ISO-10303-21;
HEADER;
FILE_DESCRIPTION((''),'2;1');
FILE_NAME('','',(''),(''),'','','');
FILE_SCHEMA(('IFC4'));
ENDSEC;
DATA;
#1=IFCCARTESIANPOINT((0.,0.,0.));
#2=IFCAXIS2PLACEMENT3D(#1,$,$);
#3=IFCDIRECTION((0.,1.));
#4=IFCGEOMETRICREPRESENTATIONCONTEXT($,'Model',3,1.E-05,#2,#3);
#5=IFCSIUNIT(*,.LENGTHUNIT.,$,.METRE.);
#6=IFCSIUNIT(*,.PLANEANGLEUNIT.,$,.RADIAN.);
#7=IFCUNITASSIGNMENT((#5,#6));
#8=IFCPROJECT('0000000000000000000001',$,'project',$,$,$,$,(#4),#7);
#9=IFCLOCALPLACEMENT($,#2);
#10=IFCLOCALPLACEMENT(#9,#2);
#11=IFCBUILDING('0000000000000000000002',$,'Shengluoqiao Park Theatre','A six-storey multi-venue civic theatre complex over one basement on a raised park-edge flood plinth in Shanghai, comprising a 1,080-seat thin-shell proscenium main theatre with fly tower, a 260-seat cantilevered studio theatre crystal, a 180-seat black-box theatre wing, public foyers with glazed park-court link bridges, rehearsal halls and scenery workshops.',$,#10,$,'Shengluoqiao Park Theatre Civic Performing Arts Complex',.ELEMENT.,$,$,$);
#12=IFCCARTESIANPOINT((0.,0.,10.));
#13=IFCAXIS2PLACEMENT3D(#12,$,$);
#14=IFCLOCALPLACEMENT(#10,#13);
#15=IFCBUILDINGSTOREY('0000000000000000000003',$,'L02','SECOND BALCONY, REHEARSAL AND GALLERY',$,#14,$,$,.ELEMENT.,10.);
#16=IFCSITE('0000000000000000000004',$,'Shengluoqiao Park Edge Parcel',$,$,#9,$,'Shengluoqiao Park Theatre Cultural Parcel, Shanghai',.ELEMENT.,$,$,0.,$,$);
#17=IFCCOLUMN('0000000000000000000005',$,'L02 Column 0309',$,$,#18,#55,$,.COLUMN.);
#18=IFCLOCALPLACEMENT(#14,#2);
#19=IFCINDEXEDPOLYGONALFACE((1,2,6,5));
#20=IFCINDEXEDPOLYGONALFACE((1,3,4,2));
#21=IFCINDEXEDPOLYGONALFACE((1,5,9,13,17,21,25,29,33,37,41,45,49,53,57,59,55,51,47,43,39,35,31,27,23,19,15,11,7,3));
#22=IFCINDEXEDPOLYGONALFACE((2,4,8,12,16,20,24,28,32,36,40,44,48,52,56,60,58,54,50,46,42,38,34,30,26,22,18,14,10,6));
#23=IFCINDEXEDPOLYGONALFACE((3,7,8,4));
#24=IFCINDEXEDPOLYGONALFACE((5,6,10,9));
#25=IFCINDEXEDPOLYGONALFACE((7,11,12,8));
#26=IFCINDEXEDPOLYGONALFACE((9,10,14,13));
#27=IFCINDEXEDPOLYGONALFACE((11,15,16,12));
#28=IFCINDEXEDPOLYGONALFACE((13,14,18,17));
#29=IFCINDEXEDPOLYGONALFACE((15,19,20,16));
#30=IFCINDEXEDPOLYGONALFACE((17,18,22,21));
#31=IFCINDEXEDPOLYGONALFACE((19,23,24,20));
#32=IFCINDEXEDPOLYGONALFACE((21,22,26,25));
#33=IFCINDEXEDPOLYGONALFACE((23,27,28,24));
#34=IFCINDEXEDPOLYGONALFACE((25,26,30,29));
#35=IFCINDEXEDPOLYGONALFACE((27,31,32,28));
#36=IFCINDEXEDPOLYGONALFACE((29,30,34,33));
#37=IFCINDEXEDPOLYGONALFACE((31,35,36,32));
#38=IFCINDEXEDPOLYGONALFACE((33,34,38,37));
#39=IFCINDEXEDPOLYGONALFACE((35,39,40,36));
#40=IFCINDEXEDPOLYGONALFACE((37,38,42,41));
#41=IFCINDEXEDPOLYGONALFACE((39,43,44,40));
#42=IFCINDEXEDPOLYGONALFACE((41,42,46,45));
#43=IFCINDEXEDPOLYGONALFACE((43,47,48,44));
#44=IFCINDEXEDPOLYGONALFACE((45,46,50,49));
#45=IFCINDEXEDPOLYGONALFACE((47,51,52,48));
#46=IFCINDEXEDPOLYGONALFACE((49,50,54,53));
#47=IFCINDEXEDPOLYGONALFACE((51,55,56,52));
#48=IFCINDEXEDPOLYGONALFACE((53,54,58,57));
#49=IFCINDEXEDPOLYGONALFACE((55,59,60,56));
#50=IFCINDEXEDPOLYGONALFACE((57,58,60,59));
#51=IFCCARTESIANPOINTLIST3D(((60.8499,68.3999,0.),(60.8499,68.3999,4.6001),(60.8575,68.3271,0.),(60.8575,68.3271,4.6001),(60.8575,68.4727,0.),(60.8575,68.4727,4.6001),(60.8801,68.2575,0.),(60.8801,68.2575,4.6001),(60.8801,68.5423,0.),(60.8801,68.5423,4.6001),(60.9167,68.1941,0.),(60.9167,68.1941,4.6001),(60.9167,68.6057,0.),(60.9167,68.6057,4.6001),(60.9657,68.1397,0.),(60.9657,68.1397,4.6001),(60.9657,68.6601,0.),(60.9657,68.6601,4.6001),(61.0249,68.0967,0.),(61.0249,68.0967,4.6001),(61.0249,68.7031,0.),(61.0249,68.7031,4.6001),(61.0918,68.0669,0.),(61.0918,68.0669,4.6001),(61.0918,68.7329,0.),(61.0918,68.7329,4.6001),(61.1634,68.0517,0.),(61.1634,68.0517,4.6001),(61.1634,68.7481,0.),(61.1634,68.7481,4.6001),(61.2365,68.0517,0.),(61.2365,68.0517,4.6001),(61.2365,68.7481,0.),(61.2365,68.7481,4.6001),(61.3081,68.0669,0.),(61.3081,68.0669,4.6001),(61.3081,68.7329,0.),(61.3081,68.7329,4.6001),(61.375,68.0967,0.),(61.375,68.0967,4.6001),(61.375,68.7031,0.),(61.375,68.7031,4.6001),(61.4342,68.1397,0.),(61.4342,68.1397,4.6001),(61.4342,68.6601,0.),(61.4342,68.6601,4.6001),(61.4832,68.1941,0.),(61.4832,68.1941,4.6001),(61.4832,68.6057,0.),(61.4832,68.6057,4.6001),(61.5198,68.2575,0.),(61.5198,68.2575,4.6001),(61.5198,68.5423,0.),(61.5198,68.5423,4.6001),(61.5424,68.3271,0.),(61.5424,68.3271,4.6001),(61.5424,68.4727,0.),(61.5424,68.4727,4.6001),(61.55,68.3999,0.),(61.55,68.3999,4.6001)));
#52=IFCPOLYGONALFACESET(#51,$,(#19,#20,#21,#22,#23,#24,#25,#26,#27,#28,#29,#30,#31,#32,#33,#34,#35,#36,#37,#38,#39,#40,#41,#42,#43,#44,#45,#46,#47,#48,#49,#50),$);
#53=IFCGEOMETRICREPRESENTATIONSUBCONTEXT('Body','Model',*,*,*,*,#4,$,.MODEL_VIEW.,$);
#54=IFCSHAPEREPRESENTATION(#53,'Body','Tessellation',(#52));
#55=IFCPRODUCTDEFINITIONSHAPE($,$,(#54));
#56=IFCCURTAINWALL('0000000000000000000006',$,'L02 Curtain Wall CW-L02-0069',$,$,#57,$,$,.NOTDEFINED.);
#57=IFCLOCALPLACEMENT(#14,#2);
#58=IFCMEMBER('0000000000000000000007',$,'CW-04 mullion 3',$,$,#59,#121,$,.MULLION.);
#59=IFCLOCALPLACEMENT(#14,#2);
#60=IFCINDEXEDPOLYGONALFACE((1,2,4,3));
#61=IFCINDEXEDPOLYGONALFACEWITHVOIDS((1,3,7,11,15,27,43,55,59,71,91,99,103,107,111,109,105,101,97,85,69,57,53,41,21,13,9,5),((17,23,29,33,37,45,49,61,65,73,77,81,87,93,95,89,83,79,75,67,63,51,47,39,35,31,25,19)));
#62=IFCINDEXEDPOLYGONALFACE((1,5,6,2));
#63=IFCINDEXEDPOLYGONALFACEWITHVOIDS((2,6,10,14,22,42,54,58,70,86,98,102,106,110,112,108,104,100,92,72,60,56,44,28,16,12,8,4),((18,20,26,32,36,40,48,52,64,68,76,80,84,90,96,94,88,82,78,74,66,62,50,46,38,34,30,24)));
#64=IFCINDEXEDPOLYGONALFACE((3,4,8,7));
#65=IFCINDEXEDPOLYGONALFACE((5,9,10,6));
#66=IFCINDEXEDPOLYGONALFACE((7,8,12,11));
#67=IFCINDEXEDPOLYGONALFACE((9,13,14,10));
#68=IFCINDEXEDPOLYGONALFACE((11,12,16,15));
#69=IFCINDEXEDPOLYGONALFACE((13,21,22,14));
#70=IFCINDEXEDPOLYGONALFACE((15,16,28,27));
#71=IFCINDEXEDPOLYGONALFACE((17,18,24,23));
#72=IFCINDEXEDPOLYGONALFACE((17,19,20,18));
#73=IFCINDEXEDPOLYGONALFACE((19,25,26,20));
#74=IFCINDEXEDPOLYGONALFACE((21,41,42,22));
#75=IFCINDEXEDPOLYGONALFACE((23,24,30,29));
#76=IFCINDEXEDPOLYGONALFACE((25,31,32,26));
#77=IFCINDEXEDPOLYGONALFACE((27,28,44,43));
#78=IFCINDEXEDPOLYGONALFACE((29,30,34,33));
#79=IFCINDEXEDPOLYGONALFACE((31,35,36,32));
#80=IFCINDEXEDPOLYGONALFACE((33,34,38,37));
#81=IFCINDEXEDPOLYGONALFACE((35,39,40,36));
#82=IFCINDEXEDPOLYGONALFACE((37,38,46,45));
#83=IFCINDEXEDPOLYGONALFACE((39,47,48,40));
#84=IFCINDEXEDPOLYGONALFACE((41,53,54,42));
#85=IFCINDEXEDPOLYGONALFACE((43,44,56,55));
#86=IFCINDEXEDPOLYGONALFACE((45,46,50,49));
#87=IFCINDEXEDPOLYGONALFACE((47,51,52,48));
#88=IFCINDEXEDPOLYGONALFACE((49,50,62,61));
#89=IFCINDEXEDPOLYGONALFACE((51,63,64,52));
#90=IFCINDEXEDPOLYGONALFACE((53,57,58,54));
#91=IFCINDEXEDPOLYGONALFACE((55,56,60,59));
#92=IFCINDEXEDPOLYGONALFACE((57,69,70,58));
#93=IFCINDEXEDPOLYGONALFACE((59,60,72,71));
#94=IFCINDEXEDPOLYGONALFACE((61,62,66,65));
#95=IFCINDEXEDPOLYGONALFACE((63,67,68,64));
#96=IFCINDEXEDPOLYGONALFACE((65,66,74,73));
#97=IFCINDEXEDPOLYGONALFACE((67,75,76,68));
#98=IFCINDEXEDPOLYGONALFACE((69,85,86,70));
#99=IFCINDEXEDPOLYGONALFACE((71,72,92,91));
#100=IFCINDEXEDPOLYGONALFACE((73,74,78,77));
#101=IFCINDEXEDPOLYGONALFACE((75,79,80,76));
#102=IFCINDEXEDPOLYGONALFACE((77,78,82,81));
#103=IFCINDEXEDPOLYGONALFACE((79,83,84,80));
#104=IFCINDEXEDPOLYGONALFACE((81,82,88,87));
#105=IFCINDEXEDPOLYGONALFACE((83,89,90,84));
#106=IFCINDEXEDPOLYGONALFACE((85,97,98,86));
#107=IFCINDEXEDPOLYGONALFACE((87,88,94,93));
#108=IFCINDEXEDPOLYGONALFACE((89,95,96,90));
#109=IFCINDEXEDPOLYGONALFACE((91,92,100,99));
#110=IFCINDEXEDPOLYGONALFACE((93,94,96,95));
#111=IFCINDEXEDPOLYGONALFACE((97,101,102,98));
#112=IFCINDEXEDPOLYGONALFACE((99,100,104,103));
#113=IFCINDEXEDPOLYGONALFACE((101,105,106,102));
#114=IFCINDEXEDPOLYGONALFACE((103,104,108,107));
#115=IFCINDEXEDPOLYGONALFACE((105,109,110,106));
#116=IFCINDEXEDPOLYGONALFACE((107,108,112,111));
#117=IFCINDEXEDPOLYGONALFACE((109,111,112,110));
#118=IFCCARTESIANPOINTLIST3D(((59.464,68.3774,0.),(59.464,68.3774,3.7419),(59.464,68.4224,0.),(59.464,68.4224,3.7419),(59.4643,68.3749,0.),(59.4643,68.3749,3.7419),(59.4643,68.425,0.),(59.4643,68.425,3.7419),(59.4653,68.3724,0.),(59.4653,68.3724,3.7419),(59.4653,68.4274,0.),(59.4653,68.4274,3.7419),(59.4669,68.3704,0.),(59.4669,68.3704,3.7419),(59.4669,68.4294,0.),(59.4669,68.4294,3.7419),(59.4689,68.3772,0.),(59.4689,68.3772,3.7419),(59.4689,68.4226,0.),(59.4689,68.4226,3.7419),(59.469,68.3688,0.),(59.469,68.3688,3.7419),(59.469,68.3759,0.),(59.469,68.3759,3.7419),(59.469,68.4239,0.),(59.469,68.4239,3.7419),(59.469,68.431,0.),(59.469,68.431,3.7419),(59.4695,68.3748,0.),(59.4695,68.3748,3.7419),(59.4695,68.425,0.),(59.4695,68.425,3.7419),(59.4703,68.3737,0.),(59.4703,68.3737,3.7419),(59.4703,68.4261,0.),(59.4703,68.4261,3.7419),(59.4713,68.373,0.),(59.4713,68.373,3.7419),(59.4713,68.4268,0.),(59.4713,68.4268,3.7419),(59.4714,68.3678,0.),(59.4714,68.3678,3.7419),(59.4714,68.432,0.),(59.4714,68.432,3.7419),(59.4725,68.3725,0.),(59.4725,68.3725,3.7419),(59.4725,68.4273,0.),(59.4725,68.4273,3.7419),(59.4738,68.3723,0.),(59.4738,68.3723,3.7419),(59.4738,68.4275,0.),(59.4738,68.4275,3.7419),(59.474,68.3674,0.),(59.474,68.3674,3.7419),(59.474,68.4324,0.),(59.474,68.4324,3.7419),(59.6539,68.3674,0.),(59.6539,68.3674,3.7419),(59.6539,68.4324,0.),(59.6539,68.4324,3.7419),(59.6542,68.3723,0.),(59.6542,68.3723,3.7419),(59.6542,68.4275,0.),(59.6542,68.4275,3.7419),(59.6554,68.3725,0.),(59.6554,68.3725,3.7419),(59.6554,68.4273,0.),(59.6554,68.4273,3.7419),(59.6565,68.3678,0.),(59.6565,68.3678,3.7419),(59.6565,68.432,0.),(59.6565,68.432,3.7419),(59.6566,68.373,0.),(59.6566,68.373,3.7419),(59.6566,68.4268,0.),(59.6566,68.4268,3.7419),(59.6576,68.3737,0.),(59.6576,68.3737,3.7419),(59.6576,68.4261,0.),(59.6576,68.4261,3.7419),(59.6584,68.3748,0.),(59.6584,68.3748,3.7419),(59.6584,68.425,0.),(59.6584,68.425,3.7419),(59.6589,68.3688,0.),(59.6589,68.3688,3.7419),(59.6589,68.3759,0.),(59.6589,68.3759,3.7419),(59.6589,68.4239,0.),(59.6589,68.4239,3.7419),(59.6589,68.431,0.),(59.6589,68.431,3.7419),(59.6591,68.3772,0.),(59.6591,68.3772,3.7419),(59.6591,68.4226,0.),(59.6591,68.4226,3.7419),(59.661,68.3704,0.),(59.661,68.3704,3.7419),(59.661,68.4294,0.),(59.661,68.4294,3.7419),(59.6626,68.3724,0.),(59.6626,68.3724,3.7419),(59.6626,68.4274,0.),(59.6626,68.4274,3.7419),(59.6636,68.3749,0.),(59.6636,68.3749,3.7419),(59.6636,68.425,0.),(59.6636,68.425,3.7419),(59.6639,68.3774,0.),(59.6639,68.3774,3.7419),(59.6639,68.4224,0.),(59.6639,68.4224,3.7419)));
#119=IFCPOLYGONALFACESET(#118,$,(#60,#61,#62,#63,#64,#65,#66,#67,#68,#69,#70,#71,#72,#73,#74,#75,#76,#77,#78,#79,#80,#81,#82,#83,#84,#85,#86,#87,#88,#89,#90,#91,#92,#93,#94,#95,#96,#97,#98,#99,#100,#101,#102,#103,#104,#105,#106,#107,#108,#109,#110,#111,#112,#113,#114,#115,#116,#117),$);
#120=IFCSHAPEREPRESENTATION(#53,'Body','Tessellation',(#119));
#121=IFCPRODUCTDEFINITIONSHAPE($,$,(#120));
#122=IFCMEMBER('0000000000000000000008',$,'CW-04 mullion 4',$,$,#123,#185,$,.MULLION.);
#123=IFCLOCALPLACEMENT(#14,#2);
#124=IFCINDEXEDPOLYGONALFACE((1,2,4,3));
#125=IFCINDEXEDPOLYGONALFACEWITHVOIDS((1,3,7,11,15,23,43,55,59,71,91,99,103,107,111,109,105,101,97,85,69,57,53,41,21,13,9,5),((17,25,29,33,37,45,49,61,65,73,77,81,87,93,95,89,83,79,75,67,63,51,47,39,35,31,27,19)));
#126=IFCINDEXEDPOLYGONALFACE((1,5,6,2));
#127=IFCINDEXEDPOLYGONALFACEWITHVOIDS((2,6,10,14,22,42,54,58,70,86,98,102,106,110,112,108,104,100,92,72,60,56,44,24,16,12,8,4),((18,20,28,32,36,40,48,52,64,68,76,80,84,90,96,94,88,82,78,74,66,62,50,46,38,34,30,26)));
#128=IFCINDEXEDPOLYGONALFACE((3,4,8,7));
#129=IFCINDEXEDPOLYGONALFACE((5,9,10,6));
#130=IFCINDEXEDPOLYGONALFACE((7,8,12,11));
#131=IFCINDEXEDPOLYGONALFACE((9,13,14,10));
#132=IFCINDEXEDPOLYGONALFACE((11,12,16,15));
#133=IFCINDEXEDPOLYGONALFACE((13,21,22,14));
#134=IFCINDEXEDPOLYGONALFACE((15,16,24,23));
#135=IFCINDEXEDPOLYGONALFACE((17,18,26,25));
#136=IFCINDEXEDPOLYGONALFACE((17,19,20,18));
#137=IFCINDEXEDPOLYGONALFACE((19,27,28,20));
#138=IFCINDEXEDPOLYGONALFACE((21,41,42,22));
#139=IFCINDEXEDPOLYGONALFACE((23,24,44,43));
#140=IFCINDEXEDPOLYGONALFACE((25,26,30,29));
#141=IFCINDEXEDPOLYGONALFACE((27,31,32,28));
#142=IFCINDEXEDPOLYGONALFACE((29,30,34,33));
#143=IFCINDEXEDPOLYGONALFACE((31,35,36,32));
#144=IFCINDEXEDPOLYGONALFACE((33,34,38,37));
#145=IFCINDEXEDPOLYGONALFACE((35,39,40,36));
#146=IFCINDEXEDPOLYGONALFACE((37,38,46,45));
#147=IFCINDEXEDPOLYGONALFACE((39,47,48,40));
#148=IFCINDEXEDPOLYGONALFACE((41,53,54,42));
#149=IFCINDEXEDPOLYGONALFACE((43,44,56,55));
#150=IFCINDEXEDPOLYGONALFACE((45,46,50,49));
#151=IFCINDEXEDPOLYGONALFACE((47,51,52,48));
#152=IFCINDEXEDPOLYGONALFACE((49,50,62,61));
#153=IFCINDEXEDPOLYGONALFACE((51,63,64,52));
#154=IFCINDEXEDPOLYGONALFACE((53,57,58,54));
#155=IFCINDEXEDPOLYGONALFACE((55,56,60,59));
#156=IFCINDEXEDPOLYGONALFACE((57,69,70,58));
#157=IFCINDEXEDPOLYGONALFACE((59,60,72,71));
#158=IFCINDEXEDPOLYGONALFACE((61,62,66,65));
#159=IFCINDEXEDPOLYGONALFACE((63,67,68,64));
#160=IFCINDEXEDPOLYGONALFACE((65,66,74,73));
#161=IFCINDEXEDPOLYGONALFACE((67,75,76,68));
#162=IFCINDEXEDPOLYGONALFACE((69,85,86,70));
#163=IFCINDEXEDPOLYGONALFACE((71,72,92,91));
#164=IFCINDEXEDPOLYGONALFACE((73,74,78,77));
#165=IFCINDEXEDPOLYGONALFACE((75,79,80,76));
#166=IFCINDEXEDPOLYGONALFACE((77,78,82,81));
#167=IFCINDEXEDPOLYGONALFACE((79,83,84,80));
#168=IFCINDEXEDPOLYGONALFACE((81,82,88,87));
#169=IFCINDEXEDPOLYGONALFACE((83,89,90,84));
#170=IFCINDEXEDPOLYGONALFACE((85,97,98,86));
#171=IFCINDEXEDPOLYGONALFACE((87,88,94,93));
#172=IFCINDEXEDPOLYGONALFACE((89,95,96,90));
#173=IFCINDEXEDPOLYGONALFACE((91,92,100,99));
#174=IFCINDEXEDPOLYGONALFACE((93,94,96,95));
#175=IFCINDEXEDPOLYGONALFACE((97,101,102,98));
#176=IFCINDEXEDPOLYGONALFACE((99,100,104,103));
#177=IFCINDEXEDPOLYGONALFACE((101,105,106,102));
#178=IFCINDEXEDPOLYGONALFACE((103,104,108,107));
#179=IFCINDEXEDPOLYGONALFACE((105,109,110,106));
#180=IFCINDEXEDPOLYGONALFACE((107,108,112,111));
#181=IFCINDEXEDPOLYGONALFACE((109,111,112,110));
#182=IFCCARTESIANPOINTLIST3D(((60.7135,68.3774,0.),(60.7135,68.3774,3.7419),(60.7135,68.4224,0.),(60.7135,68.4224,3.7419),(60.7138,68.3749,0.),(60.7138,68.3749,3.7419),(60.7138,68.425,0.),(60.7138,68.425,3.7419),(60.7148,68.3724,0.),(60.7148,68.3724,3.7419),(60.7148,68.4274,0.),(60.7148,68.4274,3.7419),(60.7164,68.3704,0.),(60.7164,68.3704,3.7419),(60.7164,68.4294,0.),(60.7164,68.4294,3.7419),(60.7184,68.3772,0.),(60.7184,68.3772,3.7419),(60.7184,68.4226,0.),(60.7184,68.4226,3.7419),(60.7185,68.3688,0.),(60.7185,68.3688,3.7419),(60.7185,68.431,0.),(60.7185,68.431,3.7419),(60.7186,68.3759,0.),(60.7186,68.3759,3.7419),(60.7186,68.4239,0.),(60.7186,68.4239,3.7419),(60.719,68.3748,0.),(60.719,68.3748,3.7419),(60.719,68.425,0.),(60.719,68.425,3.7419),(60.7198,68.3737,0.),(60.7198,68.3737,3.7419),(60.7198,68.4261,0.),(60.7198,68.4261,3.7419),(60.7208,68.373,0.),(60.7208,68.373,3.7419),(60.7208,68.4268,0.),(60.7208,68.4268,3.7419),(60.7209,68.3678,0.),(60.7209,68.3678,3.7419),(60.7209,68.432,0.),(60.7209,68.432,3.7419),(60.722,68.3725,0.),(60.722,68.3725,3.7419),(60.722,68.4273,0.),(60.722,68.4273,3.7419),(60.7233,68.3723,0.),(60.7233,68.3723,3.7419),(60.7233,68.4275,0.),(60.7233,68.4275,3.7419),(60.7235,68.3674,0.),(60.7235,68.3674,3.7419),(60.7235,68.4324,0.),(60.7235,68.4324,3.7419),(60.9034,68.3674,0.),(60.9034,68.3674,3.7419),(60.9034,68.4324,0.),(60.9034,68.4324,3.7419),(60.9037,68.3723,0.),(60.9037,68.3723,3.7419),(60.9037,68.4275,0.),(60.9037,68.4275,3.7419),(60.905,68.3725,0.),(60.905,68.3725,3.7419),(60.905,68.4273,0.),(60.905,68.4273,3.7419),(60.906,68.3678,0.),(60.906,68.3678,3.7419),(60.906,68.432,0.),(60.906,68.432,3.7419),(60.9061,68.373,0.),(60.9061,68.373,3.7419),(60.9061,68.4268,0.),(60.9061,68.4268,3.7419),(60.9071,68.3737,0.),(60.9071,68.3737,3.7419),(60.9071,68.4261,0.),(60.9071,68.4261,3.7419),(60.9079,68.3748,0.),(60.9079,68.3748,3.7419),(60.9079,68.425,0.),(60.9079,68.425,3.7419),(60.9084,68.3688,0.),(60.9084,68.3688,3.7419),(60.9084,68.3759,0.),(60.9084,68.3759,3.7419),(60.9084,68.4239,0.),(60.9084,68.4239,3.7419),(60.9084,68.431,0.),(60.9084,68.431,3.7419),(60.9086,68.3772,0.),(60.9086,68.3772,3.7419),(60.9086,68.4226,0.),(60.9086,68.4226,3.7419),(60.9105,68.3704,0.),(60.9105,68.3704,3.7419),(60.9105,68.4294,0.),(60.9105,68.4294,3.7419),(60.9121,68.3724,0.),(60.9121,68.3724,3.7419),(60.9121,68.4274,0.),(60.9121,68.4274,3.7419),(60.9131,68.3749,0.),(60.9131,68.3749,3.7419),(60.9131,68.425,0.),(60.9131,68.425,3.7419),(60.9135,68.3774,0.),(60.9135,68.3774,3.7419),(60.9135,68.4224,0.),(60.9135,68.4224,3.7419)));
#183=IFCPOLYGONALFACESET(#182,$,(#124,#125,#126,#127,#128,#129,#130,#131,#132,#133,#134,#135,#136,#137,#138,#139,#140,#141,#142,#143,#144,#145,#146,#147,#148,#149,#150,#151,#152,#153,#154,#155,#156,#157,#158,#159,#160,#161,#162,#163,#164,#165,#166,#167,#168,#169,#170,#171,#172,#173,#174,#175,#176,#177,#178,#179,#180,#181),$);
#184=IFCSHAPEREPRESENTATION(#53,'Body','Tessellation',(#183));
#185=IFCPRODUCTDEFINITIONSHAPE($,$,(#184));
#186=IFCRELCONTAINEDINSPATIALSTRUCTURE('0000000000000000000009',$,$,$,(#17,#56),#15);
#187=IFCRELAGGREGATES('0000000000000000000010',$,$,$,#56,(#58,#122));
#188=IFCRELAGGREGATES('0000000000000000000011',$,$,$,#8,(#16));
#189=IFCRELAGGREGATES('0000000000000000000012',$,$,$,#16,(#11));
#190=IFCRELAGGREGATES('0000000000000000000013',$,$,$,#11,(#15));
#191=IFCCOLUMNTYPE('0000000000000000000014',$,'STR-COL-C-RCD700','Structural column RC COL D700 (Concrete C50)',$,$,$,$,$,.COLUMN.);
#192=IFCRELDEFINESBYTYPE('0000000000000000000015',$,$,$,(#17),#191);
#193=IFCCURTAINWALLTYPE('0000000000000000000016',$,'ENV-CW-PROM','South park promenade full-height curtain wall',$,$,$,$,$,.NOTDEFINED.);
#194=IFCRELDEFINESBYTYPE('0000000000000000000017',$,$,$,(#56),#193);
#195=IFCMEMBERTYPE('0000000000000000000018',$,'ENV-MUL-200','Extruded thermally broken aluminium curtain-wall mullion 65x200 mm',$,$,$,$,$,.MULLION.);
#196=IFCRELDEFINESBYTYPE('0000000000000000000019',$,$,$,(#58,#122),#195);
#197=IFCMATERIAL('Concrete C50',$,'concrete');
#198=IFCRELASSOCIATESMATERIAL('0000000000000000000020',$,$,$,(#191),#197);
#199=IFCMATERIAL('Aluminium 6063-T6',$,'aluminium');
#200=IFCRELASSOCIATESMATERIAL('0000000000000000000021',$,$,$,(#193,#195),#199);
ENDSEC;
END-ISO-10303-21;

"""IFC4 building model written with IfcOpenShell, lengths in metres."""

from ifc_helpers import new_model, si_unit, direction, frame, origin, origin_2d, place, context, subcontext, project, spatial, hollow_rectangle, circle, extrude, material, material_profile, profile_set, type_object, element, aggregate, save


model = new_model("IFC4")

# Units and contexts
model_context = context("Model", 3, precision=1e-05, world=origin(), true_north=direction((0.0, 1.0)))
body_context = subcontext(model_context, "Body", "Model", "MODEL_VIEW")
ifc_project = project(units=[si_unit("LENGTHUNIT", "METRE"), si_unit("PLANEANGLEUNIT", "RADIAN")], contexts=[model_context])

# Site, building, storey
site_placement = place(None, origin())
site = spatial("IfcSite", under=ifc_project, at=site_placement, Name="Shengluoqiao Park Edge Parcel", LongName="Shengluoqiao Park Theatre Cultural Parcel, Shanghai", CompositionType="ELEMENT", RefElevation=0.0)
building_placement = place(site_placement, origin())
building = spatial("IfcBuilding", under=site, at=building_placement, Name="Shengluoqiao Park Theatre", Description="A six-storey multi-venue civic theatre complex over one basement on a raised park-edge flood plinth in Shanghai, comprising a 1,080-seat thin-shell proscenium main theatre with fly tower, a 260-seat cantilevered studio theatre crystal, a 180-seat black-box theatre wing, public foyers with glazed park-court link bridges, rehearsal halls and scenery workshops.", LongName="Shengluoqiao Park Theatre Civic Performing Arts Complex", CompositionType="ELEMENT")
storey_placement = place(building_placement, frame((0.0, 0.0, 10.0)))
storey = spatial("IfcBuildingStorey", under=building, at=storey_placement, Name="L02", Description="SECOND BALCONY, REHEARSAL AND GALLERY", CompositionType="ELEMENT", Elevation=10.0)

# Column
ifc_material_1 = material(Name="Concrete C50", Category="concrete")
ifc_material_profile_1 = material_profile(ifc_material_1, circle(Radius=0.3501, at=origin_2d()), Name="RC COL D700")
ifc_profile_set_1 = profile_set([ifc_material_profile_1], Name="Concrete C50")
column_type = type_object("IfcColumnType", Name="STR-COL-C-RCD700", Description="Structural column RC COL D700 (Concrete C50)", PredefinedType="COLUMN", material=ifc_profile_set_1)
column_placement = place(storey_placement, frame((61.2, 68.3999, 0.0), z_axis=(0.0, 0.0, 1.0), x_axis=(1.0, 0.0, 0.0)))
element("IfcColumn", 1, at=column_placement, inside=storey, type_object=column_type, Name="L02 Column 0309", PredefinedType="COLUMN", context=body_context, shape_type="SweptSolid", body=[
    extrude(circle(Radius=0.3501, at=origin_2d()), origin(), (0.0, 0.0, 1.0), 4.6001),
])

# Curtain wall, members
ifc_material_2 = material(Name="Aluminium 6063-T6", Category="aluminium")
curtain_wall_type = type_object("IfcCurtainWallType", Name="ENV-CW-PROM", Description="South park promenade full-height curtain wall", PredefinedType="NOTDEFINED", material=ifc_material_2)
curtain_wall_1_placement = place(storey_placement, origin())
curtain_wall_1 = element("IfcCurtainWall", 2, at=curtain_wall_1_placement, inside=storey, type_object=curtain_wall_type, Name="L02 Curtain Wall CW-L02-0069", PredefinedType="NOTDEFINED")
ifc_material_profile_2 = material_profile(ifc_material_2, hollow_rectangle(XDim=0.0649, YDim=0.2, WallThickness=0.0049, InnerFilletRadius=0.0049, OuterFilletRadius=0.01, at=origin_2d()), Name="ALU MULLION 200x65x5")
ifc_profile_set_2 = profile_set([ifc_material_profile_2], Name="Aluminium 6063-T6")
member_type_1 = type_object("IfcMemberType", Name="ENV-MUL-200", Description="Extruded thermally broken aluminium curtain-wall mullion 65x200 mm", PredefinedType="MULLION", material=ifc_profile_set_2)
member_1_placement = place(storey_placement, frame((59.564, 68.3999, 0.0), z_axis=(0.0, 0.0, 1.0), x_axis=(0.0, 1.0, 0.0)))
member_1 = element("IfcMember", 3, at=member_1_placement, type_object=member_type_1, Name="CW-04 mullion 3", PredefinedType="MULLION", context=body_context, shape_type="SweptSolid", body=[
    extrude(hollow_rectangle(XDim=0.0649, YDim=0.2, WallThickness=0.0049, InnerFilletRadius=0.0049, OuterFilletRadius=0.01, at=origin_2d()), origin(), (0.0, 0.0, 1.0), 3.7419),
])
member_2_placement = place(storey_placement, frame((60.8135, 68.3999, 0.0), z_axis=(0.0, 0.0, 1.0), x_axis=(0.0, 1.0, 0.0)))
member_2 = element("IfcMember", 4, at=member_2_placement, type_object=member_type_1, Name="CW-04 mullion 4", PredefinedType="MULLION", context=body_context, shape_type="SweptSolid", body=[
    extrude(hollow_rectangle(XDim=0.0649, YDim=0.2, WallThickness=0.0049, InnerFilletRadius=0.0049, OuterFilletRadius=0.01, at=origin_2d()), origin(), (0.0, 0.0, 1.0), 3.7419),
])

aggregate(curtain_wall_1, [member_1, member_2])

save(model, "model.ifc")
